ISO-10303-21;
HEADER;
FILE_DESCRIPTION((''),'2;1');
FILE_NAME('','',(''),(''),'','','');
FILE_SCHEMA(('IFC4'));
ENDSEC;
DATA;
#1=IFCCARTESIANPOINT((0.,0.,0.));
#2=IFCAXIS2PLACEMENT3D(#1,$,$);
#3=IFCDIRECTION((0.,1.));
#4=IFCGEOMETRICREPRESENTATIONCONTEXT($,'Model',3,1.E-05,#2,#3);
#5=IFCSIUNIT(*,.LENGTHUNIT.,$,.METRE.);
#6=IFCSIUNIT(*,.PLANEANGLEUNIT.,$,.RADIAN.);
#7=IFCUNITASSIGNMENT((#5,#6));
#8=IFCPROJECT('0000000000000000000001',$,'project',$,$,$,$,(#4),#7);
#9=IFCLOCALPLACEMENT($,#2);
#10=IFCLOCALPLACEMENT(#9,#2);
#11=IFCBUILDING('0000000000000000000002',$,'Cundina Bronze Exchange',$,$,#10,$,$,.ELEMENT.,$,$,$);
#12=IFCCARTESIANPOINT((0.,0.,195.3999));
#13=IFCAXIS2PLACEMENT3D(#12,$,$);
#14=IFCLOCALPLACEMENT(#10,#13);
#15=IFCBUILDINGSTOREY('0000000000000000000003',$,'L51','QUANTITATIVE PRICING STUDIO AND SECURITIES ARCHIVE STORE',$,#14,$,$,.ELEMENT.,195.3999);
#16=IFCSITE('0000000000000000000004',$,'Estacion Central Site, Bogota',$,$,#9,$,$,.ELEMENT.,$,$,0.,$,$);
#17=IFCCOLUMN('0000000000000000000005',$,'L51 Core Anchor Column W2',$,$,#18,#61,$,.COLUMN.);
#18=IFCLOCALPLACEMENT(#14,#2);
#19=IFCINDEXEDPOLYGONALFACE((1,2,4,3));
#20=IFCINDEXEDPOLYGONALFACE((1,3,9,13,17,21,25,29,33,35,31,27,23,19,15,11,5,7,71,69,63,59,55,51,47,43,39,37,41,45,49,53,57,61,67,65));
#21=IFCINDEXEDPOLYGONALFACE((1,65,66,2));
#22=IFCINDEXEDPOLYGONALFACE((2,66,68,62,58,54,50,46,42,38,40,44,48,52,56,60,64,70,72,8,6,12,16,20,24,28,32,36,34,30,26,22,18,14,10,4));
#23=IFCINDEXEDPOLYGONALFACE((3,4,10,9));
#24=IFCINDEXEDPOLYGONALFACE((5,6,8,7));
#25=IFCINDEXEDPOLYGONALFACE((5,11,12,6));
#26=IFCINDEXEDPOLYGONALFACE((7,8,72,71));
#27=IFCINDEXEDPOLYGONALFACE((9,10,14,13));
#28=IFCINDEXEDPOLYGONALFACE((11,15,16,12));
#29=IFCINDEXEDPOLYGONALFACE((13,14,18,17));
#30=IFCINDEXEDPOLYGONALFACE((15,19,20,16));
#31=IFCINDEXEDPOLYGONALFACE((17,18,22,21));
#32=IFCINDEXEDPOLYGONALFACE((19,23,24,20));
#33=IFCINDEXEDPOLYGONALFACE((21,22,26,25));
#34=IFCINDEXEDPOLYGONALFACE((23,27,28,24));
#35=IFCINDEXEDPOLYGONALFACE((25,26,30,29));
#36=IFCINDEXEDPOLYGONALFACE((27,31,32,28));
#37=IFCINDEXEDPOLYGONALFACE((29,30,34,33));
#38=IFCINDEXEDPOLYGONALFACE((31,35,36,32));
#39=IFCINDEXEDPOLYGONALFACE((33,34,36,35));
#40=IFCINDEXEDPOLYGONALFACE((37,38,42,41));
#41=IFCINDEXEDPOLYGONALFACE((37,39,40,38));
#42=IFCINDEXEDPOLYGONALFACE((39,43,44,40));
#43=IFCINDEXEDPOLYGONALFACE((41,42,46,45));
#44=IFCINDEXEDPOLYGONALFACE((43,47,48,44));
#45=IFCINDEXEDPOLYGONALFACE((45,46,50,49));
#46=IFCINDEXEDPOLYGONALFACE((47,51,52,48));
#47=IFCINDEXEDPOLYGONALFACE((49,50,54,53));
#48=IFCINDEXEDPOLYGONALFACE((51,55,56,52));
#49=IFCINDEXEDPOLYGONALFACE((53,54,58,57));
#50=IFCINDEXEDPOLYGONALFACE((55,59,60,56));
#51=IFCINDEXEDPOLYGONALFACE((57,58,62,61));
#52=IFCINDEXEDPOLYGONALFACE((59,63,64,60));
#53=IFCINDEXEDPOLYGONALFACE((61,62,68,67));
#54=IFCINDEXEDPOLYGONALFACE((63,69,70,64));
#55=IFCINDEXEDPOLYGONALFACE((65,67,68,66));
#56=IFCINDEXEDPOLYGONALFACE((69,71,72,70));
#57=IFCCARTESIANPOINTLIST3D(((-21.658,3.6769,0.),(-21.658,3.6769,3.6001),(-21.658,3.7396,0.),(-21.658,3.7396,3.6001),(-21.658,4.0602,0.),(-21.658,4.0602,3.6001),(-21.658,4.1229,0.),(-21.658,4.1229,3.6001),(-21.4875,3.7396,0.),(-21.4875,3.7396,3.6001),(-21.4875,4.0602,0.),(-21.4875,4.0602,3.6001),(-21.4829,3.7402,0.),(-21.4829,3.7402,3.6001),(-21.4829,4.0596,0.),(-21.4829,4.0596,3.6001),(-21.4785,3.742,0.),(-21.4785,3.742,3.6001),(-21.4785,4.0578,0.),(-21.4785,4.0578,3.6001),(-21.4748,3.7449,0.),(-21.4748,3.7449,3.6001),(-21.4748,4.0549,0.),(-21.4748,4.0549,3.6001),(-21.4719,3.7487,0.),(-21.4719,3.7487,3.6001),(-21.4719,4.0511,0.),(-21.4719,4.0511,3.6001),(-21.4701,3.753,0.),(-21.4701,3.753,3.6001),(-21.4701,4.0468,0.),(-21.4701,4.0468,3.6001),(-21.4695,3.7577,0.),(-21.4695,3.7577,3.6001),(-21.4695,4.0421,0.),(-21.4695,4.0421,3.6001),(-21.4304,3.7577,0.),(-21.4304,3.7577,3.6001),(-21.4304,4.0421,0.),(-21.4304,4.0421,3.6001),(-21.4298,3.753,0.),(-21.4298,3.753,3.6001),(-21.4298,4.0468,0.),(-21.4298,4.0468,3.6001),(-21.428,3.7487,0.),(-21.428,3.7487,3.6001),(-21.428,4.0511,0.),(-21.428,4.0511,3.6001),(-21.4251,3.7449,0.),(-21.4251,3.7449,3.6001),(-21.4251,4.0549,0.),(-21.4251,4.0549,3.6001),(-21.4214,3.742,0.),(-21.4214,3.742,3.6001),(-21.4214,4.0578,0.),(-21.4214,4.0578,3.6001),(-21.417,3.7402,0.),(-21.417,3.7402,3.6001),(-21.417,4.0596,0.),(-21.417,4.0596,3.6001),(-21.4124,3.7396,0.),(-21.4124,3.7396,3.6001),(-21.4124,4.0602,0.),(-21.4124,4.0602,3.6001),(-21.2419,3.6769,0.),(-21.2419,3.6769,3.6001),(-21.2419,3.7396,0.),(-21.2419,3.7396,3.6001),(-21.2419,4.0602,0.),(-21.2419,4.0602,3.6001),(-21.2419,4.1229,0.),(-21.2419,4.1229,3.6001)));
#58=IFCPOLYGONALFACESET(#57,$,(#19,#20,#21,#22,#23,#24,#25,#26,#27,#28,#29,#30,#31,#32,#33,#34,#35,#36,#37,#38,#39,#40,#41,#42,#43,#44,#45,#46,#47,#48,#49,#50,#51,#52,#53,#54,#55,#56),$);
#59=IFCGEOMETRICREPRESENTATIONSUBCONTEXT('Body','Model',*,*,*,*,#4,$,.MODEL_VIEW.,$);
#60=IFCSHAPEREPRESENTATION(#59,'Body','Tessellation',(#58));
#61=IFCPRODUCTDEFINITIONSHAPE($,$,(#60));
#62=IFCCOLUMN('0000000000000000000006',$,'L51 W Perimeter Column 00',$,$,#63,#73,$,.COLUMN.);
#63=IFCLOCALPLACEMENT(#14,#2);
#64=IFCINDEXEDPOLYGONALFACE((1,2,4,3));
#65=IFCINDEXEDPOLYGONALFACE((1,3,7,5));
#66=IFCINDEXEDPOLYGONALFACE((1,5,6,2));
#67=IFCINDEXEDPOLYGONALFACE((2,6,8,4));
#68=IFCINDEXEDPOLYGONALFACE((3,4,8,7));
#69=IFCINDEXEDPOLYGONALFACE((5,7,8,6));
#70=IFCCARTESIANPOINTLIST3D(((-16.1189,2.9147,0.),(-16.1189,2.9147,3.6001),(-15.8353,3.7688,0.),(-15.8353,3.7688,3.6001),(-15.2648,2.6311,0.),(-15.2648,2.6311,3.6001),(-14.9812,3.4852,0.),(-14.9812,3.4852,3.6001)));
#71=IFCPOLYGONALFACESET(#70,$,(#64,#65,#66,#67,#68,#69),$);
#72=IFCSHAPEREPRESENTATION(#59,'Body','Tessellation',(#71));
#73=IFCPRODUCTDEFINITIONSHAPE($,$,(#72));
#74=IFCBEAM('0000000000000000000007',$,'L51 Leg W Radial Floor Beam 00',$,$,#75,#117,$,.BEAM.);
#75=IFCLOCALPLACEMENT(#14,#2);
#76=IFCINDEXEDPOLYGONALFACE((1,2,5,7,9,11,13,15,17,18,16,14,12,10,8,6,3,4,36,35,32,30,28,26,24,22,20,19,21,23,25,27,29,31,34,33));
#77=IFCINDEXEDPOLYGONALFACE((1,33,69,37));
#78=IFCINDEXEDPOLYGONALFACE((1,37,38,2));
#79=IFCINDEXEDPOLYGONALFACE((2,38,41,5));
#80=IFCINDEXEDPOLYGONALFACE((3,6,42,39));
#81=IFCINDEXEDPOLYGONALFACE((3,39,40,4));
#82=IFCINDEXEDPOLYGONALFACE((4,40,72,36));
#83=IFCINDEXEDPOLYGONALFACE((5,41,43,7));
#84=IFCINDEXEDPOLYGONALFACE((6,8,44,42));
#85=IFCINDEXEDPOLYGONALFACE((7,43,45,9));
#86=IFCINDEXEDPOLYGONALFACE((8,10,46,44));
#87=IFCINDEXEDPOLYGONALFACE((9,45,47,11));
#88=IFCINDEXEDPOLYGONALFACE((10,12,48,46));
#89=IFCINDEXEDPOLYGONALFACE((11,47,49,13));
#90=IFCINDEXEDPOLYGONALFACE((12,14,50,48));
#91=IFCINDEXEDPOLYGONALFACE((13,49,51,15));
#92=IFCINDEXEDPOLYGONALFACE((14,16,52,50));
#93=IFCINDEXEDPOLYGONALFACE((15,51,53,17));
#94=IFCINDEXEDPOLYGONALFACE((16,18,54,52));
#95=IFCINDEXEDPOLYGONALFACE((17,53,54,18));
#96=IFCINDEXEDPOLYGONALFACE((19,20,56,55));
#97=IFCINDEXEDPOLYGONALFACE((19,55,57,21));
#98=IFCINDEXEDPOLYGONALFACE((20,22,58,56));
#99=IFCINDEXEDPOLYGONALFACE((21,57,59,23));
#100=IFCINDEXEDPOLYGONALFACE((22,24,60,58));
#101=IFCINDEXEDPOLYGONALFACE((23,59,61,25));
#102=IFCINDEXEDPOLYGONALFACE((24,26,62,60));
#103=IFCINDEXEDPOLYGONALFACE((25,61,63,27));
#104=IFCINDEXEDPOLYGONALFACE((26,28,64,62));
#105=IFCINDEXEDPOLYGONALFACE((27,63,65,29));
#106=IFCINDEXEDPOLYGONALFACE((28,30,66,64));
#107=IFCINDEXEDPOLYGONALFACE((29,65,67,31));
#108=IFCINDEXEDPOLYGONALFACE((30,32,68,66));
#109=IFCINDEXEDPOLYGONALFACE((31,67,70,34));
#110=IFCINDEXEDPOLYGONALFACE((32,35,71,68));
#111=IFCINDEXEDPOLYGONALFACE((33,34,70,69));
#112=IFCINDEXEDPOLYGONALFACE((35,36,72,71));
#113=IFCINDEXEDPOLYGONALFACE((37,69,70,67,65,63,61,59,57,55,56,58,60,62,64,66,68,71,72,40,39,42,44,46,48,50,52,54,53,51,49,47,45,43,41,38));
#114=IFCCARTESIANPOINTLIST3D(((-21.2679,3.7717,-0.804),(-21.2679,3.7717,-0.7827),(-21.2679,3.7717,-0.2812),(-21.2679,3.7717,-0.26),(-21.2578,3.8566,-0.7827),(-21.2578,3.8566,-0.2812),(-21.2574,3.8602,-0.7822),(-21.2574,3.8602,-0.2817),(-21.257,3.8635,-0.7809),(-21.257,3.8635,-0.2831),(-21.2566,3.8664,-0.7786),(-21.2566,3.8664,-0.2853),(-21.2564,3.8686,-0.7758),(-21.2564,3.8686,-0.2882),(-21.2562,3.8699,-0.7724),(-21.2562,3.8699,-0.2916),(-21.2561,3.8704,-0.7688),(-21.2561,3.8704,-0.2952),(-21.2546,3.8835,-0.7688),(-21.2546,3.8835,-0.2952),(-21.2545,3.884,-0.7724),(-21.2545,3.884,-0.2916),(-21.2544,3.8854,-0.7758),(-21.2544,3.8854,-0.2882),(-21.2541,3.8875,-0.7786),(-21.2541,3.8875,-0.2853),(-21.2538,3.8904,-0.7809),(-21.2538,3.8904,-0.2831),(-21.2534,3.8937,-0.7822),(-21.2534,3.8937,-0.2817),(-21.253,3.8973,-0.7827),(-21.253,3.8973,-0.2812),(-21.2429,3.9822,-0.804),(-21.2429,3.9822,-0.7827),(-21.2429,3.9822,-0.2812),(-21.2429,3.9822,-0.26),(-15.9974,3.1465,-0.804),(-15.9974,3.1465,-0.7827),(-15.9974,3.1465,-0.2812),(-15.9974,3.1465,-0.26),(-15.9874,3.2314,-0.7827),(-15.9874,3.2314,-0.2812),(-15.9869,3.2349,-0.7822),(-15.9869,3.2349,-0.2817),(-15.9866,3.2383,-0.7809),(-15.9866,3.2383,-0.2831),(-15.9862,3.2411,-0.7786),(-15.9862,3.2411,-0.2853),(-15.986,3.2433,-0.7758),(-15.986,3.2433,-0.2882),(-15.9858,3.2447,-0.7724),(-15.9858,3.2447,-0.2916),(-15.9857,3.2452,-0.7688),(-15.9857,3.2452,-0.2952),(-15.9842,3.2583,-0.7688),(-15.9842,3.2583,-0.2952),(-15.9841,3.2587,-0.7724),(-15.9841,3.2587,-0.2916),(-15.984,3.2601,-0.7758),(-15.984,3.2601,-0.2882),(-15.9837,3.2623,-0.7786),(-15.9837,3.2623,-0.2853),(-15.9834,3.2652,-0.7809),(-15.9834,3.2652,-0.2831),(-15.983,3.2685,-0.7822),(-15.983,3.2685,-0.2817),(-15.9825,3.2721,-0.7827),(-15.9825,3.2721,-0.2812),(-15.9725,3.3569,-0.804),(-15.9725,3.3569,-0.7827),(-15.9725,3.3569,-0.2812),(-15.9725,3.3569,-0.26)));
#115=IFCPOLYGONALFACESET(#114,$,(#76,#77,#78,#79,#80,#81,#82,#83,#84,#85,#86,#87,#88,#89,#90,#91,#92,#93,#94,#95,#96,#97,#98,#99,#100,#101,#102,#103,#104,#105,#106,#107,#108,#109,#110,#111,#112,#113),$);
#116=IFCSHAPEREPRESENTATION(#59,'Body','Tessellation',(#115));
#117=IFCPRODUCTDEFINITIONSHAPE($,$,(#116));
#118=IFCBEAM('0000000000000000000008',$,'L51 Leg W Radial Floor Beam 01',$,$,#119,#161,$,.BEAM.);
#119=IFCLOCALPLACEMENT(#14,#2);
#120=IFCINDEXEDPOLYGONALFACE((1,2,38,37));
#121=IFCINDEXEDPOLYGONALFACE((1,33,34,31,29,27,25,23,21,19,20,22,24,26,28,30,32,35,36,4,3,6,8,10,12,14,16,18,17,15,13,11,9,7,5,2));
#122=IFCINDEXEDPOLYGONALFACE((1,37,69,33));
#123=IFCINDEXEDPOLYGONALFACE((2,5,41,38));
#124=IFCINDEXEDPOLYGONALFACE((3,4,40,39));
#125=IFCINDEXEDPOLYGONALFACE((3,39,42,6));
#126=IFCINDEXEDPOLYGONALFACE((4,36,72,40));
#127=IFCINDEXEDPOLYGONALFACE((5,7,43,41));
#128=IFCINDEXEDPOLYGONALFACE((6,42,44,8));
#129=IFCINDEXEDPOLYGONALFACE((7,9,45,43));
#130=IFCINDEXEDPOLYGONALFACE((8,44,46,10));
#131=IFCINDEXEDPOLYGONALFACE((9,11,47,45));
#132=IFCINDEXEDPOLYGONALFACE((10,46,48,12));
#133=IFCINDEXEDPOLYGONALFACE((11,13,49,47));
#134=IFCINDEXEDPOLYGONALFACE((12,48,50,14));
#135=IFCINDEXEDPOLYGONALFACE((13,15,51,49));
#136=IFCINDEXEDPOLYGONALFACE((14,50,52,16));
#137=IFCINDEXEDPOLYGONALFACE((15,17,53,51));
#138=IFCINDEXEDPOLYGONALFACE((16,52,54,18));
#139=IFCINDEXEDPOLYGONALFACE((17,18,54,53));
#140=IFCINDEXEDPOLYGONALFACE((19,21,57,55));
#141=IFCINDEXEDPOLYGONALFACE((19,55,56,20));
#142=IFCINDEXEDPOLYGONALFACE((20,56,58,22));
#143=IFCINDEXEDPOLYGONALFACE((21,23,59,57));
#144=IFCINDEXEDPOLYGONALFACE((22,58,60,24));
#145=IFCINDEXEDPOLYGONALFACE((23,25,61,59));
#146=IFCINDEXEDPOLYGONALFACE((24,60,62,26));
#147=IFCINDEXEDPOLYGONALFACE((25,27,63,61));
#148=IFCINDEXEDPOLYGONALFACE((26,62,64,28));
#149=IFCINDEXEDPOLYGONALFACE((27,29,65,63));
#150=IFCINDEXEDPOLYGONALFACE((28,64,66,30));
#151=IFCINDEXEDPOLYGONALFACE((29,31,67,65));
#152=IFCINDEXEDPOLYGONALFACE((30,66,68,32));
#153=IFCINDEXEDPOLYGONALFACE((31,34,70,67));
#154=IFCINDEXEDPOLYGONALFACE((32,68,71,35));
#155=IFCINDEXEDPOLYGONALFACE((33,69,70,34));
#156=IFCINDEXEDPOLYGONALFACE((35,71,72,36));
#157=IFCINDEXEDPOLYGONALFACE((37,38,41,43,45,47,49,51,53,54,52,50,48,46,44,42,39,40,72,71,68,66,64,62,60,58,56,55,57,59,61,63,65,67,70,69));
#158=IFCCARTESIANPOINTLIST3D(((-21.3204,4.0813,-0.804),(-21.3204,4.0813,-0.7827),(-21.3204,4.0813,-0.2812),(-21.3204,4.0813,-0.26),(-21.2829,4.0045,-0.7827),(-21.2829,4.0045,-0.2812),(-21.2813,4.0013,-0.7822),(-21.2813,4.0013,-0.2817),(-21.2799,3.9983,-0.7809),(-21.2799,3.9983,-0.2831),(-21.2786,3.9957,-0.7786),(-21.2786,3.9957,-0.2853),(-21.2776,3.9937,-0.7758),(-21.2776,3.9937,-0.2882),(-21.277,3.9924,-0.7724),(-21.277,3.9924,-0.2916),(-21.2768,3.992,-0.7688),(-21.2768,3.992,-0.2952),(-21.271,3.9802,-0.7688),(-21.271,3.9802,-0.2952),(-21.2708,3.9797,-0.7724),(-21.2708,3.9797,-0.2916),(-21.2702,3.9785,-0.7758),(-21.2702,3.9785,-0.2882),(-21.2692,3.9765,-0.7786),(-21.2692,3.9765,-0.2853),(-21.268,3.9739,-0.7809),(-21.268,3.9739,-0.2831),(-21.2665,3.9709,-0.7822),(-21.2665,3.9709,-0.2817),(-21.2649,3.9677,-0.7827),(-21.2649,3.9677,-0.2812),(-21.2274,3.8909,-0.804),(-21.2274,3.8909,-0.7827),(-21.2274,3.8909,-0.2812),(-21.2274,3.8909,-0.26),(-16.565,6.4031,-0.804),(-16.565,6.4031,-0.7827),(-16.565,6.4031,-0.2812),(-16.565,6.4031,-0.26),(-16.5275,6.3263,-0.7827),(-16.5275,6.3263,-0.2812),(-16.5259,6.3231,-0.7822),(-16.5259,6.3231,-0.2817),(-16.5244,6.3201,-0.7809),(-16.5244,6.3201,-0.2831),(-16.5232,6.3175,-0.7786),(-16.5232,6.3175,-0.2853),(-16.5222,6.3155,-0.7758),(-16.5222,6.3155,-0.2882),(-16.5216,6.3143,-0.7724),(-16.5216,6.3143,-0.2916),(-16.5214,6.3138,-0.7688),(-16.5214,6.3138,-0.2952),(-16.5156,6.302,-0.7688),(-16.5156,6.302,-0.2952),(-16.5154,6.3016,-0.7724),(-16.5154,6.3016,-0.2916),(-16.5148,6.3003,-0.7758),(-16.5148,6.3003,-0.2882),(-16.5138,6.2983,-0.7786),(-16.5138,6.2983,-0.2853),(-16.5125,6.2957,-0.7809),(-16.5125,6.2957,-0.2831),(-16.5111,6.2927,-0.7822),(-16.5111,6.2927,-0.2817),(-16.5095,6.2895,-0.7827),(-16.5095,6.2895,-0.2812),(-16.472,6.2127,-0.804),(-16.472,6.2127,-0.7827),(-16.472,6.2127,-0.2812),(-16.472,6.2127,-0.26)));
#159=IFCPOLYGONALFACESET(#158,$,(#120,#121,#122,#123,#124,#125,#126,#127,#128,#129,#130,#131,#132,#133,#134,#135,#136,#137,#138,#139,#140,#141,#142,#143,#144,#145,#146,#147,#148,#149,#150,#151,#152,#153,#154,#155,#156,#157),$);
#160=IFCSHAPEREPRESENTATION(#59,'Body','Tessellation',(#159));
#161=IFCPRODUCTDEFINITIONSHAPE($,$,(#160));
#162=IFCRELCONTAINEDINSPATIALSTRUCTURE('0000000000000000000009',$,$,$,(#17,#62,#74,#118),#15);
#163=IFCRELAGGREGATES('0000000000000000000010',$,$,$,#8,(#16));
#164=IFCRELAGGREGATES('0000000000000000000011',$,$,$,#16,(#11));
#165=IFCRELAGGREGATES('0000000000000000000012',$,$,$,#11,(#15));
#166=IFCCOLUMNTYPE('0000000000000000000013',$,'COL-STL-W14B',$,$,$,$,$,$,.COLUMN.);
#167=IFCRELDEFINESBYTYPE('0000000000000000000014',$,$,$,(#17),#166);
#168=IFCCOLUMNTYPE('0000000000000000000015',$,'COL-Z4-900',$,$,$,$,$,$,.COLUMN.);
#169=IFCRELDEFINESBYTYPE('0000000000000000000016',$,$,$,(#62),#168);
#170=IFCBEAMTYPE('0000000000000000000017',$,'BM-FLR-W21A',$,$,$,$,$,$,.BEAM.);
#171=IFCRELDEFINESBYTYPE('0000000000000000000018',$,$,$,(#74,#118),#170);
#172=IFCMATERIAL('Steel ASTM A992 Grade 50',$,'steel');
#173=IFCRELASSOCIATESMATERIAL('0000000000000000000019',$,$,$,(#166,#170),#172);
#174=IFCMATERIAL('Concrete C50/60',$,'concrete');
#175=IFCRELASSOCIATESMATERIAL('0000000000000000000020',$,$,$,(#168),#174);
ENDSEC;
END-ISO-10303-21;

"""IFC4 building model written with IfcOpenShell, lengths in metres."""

from ifc_helpers import new_model, si_unit, direction, frame, origin, origin_2d, place, context, subcontext, project, spatial, rectangle, i_section, extrude, material, material_profile, profile_set, type_object, element, save


model = new_model("IFC4")

# Units and contexts
model_context = context("Model", 3, precision=1e-05, world=origin(), true_north=direction((0.0, 1.0)))
body_context = subcontext(model_context, "Body", "Model", "MODEL_VIEW")
ifc_project = project(units=[si_unit("LENGTHUNIT", "METRE"), si_unit("PLANEANGLEUNIT", "RADIAN")], contexts=[model_context])

# Site, building, storey
site_placement = place(None, origin())
site = spatial("IfcSite", under=ifc_project, at=site_placement, Name="Estacion Central Site, Bogota", CompositionType="ELEMENT", RefElevation=0.0)
building_placement = place(site_placement, origin())
building = spatial("IfcBuilding", under=site, at=building_placement, Name="Cundina Bronze Exchange", CompositionType="ELEMENT")
storey_placement = place(building_placement, frame((0.0, 0.0, 195.3999)))
storey = spatial("IfcBuildingStorey", under=building, at=storey_placement, Name="L51", Description="QUANTITATIVE PRICING STUDIO AND SECURITIES ARCHIVE STORE", CompositionType="ELEMENT", Elevation=195.3999)

# Columns
ifc_material_1 = material(Name="Steel ASTM A992 Grade 50", Category="steel")
ifc_material_profile_1 = material_profile(ifc_material_1, i_section(OverallWidth=0.416, OverallDepth=0.446, WebThickness=0.0391, FlangeThickness=0.0627, FilletRadius=0.0181, at=origin_2d()), Name="W14X342", Category="steel")
ifc_profile_set_1 = profile_set([ifc_material_profile_1], Name="Steel ASTM A992 Grade 50")
column_type_1 = type_object("IfcColumnType", Name="COL-STL-W14B", PredefinedType="COLUMN", material=ifc_profile_set_1)
column_1_placement = place(storey_placement, frame((-21.45, 3.8999, 0.0), z_axis=(0.0, 0.0, 1.0), x_axis=(1.0, 0.0, 0.0)))
element("IfcColumn", 1, at=column_1_placement, inside=storey, type_object=column_type_1, Name="L51 Core Anchor Column W2", PredefinedType="COLUMN", context=body_context, shape_type="SweptSolid", body=[
    extrude(i_section(OverallWidth=0.416, OverallDepth=0.446, WebThickness=0.0391, FlangeThickness=0.0627, FilletRadius=0.0181, at=origin_2d()), origin(), (0.0, 0.0, 1.0), 3.6001),
])
ifc_material_2 = material(Name="Concrete C50/60", Category="concrete")
ifc_material_profile_2 = material_profile(ifc_material_2, rectangle(XDim=0.8999, YDim=0.8999, at=origin_2d()), Name="RC900X900", Category="concrete")
ifc_profile_set_2 = profile_set([ifc_material_profile_2], Name="Concrete C50/60")
column_type_2 = type_object("IfcColumnType", Name="COL-Z4-900", PredefinedType="COLUMN", material=ifc_profile_set_2)
column_2_placement = place(storey_placement, frame((-15.55, 3.2, 0.0), z_axis=(0.0, 0.0, 1.0), x_axis=(0.315152, 0.949041, 0.0)))
element("IfcColumn", 2, at=column_2_placement, inside=storey, type_object=column_type_2, Name="L51 W Perimeter Column 00", PredefinedType="COLUMN", context=body_context, shape_type="SweptSolid", body=[
    extrude(rectangle(XDim=0.8999, YDim=0.8999, at=origin_2d()), origin(), (0.0, 0.0, 1.0), 3.6001),
])

# Beams
ifc_material_profile_3 = material_profile(ifc_material_1, i_section(OverallWidth=0.2119, OverallDepth=0.5439, WebThickness=0.0132, FlangeThickness=0.0212, FilletRadius=0.0139, at=origin_2d()), Name="W21X83", Category="steel")
ifc_profile_set_3 = profile_set([ifc_material_profile_3], Name="Steel ASTM A992 Grade 50")
beam_type_1 = type_object("IfcBeamType", Name="BM-FLR-W21A", PredefinedType="BEAM", material=ifc_profile_set_3)
beam_1_placement = place(storey_placement, frame((-21.2554, 3.877, -0.532), z_axis=(0.993037, -0.117805, 0.0), x_axis=(0.117805, 0.993037, 0.0)))
element("IfcBeam", 3, at=beam_1_placement, inside=storey, type_object=beam_type_1, Name="L51 Leg W Radial Floor Beam 00", PredefinedType="BEAM", context=body_context, shape_type="SweptSolid", body=[
    extrude(i_section(OverallWidth=0.2119, OverallDepth=0.5439, WebThickness=0.0132, FlangeThickness=0.0212, FilletRadius=0.0139, at=origin_2d()), origin(), (0.0, 0.0, 1.0), 5.3074),
])
beam_2_placement = place(storey_placement, frame((-21.2739, 3.9861, -0.532), z_axis=(0.898613, 0.438742, 0.0), x_axis=(-0.438742, 0.898613, 0.0)))
element("IfcBeam", 4, at=beam_2_placement, inside=storey, type_object=beam_type_1, Name="L51 Leg W Radial Floor Beam 01", PredefinedType="BEAM", context=body_context, shape_type="SweptSolid", body=[
    extrude(i_section(OverallWidth=0.2119, OverallDepth=0.5439, WebThickness=0.0132, FlangeThickness=0.0212, FilletRadius=0.0139, at=origin_2d()), origin(), (0.0, 0.0, 1.0), 5.292),
])

save(model, "model.ifc")
